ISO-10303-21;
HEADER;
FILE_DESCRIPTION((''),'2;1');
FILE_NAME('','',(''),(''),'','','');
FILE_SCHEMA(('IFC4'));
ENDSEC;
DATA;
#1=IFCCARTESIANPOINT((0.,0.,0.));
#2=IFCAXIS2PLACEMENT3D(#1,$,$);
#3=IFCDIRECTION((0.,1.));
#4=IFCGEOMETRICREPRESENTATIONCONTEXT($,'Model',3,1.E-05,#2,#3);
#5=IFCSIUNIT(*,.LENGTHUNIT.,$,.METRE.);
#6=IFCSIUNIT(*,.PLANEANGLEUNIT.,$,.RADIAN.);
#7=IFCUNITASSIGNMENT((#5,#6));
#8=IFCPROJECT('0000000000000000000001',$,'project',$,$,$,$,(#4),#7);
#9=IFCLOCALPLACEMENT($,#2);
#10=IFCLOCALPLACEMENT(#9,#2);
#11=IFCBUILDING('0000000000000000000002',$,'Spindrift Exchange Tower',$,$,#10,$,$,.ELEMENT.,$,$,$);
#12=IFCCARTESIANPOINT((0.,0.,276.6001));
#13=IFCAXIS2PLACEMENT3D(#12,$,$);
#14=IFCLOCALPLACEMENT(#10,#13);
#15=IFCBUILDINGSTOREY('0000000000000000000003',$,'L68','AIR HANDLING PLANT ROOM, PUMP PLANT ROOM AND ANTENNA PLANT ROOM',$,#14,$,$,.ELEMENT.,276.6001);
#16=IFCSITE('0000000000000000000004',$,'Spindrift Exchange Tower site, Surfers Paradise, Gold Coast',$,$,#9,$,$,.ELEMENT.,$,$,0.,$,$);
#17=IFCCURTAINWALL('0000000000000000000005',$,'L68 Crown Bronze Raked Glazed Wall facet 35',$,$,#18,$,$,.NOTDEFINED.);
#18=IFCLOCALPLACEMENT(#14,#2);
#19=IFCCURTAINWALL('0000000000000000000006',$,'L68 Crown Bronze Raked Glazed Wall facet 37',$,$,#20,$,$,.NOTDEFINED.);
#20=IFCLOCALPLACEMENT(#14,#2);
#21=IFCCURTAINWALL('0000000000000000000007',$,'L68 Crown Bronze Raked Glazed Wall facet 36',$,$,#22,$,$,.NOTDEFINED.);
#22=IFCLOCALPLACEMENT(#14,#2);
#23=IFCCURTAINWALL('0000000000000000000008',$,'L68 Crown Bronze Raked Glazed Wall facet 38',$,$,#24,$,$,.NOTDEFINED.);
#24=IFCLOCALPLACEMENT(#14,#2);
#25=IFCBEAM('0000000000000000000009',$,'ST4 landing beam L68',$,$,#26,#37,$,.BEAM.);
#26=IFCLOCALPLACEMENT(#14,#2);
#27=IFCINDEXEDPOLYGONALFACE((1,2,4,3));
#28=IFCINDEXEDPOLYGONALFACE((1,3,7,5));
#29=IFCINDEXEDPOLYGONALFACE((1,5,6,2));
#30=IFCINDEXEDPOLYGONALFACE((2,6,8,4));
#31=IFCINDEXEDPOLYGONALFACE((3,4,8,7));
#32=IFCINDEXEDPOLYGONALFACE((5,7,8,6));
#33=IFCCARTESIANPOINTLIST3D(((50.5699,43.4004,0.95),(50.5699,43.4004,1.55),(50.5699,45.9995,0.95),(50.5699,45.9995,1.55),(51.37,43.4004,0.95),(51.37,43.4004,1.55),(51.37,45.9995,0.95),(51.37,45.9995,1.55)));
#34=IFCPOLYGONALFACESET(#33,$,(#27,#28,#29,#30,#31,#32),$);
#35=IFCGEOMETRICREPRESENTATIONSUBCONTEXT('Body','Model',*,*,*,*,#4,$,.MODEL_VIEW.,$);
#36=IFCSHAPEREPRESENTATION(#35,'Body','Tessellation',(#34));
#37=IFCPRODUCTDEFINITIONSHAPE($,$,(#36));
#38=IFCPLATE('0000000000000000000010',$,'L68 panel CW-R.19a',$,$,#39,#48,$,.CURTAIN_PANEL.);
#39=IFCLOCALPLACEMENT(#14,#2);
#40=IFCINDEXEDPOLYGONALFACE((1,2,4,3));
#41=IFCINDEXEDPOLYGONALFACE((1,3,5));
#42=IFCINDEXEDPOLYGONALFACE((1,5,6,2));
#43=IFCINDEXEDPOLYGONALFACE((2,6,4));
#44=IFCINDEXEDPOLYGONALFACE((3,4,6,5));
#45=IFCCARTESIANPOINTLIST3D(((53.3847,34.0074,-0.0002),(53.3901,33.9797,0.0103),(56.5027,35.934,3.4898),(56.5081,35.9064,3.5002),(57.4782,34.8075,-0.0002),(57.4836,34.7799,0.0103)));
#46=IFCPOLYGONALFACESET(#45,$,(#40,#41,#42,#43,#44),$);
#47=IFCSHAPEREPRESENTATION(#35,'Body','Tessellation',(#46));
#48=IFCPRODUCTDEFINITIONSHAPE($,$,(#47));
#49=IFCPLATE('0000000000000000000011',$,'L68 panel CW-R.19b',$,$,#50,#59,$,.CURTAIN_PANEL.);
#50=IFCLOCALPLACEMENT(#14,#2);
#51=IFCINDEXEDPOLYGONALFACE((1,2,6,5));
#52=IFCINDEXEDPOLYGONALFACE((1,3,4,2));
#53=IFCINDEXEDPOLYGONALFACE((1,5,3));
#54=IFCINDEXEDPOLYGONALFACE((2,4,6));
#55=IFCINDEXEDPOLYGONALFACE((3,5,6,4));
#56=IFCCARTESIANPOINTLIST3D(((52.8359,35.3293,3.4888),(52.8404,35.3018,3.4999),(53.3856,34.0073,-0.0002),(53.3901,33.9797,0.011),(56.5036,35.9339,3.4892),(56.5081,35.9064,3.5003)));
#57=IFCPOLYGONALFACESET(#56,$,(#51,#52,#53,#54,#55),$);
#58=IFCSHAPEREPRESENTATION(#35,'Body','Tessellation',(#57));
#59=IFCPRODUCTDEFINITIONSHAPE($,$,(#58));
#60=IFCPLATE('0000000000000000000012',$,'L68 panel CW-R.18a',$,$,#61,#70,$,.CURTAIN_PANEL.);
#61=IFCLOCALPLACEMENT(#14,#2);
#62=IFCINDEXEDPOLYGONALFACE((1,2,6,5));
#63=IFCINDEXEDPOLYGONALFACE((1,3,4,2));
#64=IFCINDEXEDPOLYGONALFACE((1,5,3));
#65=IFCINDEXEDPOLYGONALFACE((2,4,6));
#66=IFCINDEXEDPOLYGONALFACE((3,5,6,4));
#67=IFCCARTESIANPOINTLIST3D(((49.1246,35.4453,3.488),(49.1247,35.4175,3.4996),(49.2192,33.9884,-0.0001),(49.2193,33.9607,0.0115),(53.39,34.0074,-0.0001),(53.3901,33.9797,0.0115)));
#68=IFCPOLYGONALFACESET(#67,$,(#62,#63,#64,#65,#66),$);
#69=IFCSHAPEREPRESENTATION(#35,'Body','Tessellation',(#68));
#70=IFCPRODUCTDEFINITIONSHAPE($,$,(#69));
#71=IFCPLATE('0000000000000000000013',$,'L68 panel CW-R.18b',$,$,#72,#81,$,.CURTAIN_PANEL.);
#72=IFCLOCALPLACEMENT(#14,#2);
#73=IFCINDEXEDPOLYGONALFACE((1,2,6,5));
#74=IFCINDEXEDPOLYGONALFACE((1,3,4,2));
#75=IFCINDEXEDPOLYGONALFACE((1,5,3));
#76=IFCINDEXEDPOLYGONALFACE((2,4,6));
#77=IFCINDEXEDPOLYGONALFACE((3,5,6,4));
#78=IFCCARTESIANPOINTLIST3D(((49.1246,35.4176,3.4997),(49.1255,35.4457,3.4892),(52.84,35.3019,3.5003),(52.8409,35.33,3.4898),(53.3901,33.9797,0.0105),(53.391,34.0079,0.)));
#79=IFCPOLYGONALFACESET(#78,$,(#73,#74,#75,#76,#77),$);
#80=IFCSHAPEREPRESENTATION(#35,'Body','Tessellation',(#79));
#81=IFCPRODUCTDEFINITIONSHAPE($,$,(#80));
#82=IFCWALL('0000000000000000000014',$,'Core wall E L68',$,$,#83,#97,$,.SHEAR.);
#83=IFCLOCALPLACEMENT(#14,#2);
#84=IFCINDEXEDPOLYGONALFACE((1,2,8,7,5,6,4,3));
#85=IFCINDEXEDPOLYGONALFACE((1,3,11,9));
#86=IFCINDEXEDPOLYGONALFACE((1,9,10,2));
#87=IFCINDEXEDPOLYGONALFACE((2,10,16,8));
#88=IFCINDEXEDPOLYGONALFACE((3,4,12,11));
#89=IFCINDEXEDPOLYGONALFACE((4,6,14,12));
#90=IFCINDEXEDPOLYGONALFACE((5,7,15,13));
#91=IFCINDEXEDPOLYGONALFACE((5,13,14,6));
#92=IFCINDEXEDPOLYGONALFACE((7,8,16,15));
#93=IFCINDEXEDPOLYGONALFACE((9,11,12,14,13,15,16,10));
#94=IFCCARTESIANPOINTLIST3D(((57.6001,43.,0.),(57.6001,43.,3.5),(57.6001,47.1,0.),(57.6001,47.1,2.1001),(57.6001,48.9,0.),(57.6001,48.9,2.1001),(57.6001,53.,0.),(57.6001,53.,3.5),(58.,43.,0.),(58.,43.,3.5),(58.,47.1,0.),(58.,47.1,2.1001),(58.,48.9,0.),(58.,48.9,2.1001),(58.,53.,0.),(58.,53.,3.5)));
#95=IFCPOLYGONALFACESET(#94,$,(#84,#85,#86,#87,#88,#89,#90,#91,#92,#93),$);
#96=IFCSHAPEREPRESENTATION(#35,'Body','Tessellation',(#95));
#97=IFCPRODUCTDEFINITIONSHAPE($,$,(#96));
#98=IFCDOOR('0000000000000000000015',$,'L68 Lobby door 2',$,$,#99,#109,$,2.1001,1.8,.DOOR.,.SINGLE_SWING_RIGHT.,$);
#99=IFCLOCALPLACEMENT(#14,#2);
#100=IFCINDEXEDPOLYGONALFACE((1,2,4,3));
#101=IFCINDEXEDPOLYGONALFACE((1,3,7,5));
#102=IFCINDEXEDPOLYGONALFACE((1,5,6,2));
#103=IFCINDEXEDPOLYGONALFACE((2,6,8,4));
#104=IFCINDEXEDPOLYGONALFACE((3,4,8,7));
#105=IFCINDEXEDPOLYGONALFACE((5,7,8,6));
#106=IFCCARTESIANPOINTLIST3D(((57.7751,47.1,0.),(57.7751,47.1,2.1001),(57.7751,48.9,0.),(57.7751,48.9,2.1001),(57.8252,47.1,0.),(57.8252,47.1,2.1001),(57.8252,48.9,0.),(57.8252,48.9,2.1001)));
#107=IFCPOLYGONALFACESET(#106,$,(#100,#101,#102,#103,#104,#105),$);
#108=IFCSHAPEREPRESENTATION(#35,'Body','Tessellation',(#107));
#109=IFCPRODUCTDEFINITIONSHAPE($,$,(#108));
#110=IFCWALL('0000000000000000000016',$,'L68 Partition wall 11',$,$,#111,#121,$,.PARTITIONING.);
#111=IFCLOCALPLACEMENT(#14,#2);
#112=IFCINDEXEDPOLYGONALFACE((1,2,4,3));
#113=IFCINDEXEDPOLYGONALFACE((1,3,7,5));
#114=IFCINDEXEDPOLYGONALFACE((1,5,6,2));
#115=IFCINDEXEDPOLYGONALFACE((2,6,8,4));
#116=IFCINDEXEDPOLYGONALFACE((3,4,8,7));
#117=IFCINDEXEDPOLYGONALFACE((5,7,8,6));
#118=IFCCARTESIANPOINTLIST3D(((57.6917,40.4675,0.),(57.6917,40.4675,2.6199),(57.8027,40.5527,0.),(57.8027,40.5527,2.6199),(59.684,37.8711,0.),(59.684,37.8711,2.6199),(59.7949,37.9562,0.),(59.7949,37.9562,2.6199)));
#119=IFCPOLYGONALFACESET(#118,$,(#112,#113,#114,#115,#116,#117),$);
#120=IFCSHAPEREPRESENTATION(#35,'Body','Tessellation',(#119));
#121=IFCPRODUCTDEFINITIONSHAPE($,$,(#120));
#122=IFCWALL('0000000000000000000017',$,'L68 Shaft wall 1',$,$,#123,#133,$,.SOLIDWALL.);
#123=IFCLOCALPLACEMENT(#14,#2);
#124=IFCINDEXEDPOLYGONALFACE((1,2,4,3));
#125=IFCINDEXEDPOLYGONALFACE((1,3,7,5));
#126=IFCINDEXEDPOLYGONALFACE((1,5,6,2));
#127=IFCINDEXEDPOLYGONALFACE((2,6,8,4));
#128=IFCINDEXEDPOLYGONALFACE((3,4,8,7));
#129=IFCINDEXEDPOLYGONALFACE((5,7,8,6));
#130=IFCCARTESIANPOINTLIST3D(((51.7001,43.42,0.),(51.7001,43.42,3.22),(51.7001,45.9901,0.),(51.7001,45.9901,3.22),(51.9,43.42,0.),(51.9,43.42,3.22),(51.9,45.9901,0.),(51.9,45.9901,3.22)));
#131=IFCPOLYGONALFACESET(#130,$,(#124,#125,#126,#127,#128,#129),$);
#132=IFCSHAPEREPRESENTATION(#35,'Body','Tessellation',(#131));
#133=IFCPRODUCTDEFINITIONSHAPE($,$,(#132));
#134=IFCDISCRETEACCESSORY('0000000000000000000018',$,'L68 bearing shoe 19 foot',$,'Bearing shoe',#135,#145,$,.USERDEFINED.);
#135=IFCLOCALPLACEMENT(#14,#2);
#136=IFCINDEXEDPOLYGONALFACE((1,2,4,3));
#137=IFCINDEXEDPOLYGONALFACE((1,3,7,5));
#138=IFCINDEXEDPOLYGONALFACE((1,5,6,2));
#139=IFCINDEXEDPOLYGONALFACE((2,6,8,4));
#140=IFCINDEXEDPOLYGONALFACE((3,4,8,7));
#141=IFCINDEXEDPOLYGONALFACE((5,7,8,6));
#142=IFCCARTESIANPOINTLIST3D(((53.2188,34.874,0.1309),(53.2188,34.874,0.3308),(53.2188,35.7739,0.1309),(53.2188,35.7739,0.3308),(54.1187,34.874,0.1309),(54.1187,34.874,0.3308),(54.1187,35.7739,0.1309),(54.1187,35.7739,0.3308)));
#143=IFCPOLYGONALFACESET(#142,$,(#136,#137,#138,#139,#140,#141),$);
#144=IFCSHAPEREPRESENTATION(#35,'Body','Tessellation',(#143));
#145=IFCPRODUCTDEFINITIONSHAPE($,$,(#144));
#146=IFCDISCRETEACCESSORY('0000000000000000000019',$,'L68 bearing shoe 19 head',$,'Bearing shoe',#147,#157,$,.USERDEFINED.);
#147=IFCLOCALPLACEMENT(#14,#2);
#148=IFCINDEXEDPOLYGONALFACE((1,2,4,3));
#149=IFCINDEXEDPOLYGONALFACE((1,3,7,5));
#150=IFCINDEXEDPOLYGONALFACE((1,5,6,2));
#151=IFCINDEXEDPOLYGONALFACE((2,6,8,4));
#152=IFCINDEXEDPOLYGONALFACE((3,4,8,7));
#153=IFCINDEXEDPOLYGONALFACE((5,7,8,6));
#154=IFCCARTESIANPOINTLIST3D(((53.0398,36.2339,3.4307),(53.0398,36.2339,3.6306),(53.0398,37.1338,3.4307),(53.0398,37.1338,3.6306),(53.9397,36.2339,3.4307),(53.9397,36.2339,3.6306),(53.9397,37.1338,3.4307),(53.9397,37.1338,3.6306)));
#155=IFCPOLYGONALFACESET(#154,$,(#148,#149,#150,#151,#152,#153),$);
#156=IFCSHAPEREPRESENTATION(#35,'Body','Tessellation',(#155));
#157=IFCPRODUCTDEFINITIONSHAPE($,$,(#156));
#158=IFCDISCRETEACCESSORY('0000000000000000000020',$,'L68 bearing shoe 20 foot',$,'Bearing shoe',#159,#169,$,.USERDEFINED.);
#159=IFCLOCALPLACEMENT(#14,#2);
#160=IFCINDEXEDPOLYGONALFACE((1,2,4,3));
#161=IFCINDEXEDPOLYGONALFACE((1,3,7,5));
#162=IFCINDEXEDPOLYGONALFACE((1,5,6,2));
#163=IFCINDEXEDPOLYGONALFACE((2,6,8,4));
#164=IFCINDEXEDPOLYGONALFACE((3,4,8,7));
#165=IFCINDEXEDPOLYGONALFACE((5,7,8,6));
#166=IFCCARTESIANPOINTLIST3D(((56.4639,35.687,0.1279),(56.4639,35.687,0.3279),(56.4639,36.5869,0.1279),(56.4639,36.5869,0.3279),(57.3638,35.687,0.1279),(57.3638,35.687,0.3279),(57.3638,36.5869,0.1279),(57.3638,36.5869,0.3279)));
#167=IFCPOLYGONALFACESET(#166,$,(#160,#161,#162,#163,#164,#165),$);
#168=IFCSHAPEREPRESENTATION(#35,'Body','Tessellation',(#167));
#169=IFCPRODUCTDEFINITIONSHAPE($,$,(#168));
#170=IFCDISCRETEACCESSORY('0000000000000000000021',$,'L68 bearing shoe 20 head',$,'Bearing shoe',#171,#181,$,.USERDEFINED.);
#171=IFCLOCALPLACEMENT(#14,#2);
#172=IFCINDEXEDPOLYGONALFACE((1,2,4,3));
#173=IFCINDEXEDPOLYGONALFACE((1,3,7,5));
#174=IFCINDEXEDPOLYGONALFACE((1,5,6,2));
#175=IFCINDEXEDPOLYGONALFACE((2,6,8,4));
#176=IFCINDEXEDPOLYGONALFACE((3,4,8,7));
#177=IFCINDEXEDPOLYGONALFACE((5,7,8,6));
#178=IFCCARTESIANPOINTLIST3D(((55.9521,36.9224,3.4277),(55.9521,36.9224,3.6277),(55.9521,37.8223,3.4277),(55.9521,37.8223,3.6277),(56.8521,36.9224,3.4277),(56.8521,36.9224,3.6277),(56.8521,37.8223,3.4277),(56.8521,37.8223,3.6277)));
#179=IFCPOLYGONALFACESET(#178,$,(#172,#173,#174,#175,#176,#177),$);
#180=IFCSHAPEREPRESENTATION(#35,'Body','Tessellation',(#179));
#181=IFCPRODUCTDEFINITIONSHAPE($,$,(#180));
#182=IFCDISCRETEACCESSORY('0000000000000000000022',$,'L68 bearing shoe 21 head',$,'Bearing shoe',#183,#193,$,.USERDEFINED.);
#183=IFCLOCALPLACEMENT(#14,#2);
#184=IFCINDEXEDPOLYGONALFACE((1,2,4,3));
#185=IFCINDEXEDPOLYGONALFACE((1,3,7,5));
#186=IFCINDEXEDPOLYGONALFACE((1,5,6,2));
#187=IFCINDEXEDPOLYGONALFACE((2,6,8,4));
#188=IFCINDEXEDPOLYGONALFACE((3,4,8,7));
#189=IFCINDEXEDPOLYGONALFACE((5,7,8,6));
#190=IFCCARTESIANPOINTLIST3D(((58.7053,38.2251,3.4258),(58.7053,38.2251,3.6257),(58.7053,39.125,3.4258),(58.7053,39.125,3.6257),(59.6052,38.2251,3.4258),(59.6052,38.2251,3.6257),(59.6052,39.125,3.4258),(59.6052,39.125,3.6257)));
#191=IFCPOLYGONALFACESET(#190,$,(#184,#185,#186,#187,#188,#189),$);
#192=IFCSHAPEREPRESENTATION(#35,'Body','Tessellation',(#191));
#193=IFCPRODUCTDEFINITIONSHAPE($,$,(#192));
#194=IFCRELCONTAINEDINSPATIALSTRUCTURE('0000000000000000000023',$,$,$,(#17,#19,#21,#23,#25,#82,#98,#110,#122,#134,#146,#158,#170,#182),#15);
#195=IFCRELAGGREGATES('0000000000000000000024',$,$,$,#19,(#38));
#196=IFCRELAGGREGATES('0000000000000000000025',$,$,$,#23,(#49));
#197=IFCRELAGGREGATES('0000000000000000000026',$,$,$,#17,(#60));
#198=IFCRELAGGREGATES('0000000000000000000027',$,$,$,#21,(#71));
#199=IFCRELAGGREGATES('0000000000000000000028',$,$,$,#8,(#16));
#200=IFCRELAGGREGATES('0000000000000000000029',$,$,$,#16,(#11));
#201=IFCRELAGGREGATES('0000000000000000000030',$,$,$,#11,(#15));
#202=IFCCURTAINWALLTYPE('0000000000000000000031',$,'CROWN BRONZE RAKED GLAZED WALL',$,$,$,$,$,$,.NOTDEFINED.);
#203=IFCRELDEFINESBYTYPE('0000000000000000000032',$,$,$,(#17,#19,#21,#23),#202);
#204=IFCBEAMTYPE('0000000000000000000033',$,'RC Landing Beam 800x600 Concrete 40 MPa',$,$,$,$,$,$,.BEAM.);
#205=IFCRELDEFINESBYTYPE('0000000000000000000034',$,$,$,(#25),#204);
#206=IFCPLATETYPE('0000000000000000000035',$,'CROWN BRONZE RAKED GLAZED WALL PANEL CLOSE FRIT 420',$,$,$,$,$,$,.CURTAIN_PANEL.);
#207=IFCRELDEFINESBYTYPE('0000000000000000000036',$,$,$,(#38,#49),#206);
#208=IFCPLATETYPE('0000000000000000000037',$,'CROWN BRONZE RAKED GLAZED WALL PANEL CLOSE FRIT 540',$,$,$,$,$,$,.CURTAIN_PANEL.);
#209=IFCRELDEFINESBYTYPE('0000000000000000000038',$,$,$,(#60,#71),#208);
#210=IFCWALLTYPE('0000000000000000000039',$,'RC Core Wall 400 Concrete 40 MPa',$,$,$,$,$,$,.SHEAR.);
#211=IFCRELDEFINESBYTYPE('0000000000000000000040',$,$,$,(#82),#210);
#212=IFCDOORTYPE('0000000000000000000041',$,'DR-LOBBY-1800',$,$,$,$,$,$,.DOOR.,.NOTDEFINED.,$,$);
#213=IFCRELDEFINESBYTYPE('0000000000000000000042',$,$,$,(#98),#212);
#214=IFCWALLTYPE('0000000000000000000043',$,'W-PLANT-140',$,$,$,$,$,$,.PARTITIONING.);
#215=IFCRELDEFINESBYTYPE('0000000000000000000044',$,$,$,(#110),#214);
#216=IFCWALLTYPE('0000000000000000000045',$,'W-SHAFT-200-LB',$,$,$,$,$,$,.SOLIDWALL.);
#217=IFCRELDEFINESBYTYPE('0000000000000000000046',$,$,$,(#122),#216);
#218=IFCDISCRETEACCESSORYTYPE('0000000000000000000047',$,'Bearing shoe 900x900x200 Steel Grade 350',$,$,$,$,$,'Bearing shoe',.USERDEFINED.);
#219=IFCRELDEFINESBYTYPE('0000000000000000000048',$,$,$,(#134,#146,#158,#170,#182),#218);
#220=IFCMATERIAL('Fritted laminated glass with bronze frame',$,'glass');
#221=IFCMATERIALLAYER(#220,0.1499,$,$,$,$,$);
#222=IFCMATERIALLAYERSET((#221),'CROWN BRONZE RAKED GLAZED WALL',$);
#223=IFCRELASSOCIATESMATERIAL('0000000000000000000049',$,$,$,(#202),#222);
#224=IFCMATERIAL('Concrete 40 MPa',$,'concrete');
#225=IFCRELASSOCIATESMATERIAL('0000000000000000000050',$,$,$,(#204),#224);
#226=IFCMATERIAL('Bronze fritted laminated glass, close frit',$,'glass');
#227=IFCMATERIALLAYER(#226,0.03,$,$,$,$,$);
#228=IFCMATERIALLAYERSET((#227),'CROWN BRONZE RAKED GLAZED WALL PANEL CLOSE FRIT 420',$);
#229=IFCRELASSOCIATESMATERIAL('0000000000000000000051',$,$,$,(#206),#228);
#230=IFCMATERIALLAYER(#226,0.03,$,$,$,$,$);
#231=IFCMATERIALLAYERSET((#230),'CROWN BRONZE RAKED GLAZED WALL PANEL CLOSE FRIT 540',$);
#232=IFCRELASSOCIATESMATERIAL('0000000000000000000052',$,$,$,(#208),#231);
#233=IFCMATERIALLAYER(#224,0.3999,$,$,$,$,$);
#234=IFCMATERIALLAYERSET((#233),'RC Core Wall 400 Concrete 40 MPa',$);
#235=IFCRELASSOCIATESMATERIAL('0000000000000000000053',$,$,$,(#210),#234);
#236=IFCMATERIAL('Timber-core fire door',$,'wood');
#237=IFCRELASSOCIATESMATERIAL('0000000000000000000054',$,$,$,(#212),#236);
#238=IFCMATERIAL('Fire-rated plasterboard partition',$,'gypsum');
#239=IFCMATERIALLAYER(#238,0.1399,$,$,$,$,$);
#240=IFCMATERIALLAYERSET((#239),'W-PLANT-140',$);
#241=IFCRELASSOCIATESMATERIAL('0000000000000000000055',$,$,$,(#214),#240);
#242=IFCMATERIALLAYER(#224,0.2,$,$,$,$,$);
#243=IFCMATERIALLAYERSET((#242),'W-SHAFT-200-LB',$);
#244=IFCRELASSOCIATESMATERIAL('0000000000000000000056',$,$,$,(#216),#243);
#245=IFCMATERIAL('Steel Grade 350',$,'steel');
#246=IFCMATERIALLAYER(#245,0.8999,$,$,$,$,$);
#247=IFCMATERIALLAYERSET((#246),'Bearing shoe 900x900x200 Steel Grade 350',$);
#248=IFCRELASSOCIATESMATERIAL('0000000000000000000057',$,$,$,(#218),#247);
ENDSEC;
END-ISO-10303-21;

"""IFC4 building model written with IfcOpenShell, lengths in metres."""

from ifc_helpers import new_model, si_unit, direction, frame, frame_2d, origin, origin_2d, place, context, subcontext, project, spatial, line, indexed_curve, rectangle, outline, extrude, source, transform, mapped, material, layer, layer_set, material_profile, profile_set, type_object, element, fill, aggregate, save


model = new_model("IFC4")

# Units and contexts
model_context = context("Model", 3, precision=1e-05, world=origin(), true_north=direction((0.0, 1.0)))
body_context = subcontext(model_context, "Body", "Model", "MODEL_VIEW")
ifc_project = project(units=[si_unit("LENGTHUNIT", "METRE"), si_unit("PLANEANGLEUNIT", "RADIAN")], contexts=[model_context])

# Site, building, storey
site_placement = place(None, origin())
site = spatial("IfcSite", under=ifc_project, at=site_placement, Name="Spindrift Exchange Tower site, Surfers Paradise, Gold Coast", CompositionType="ELEMENT", RefElevation=0.0)
building_placement = place(site_placement, origin())
building = spatial("IfcBuilding", under=site, at=building_placement, Name="Spindrift Exchange Tower", CompositionType="ELEMENT")
storey_placement = place(building_placement, frame((0.0, 0.0, 276.6001)))
storey = spatial("IfcBuildingStorey", under=building, at=storey_placement, Name="L68", Description="AIR HANDLING PLANT ROOM, PUMP PLANT ROOM AND ANTENNA PLANT ROOM", CompositionType="ELEMENT", Elevation=276.6001)

# Shared definitions
ifc_material_1 = material(Name="Concrete 40 MPa", Category="concrete")

# Curtain walls
ifc_material_2 = material(Name="Fritted laminated glass with bronze frame", Category="glass")
ifc_layer_1 = layer(ifc_material_2, 0.1499)
ifc_layer_set_1 = layer_set([ifc_layer_1], Name="CROWN BRONZE RAKED GLAZED WALL")
curtain_wall_type = type_object("IfcCurtainWallType", Name="CROWN BRONZE RAKED GLAZED WALL", PredefinedType="NOTDEFINED", material=ifc_layer_set_1)
curtain_wall_1_placement = place(storey_placement, origin())
curtain_wall_1 = element("IfcCurtainWall", 1, at=curtain_wall_1_placement, inside=storey, type_object=curtain_wall_type, Name="L68 Crown Bronze Raked Glazed Wall facet 35", PredefinedType="NOTDEFINED")
curtain_wall_2_placement = place(storey_placement, origin())
curtain_wall_2 = element("IfcCurtainWall", 2, at=curtain_wall_2_placement, inside=storey, type_object=curtain_wall_type, Name="L68 Crown Bronze Raked Glazed Wall facet 37", PredefinedType="NOTDEFINED")
curtain_wall_3_placement = place(storey_placement, origin())
curtain_wall_3 = element("IfcCurtainWall", 3, at=curtain_wall_3_placement, inside=storey, type_object=curtain_wall_type, Name="L68 Crown Bronze Raked Glazed Wall facet 36", PredefinedType="NOTDEFINED")
curtain_wall_4_placement = place(storey_placement, origin())
curtain_wall_4 = element("IfcCurtainWall", 4, at=curtain_wall_4_placement, inside=storey, type_object=curtain_wall_type, Name="L68 Crown Bronze Raked Glazed Wall facet 38", PredefinedType="NOTDEFINED")

# Beam
ifc_material_profile_1 = material_profile(ifc_material_1, rectangle(XDim=0.8, YDim=0.6001, at=origin_2d()), Name="RC 800x600")
ifc_profile_set_1 = profile_set([ifc_material_profile_1], Name="Concrete 40 MPa")
beam_type_1 = type_object("IfcBeamType", Name="RC Landing Beam 800x600 Concrete 40 MPa", PredefinedType="BEAM", material=ifc_profile_set_1)
shared_shape_1 = source(origin(), body_context, "Body", "SweptSolid", [
    extrude(rectangle(XDim=0.8, YDim=0.6001, at=origin_2d()), origin(), (0.0, 0.0, 1.0), 2.5991),
])
beam_1_placement = place(storey_placement, frame((50.97, 43.4004, 1.25), z_axis=(0.0, 1.0, 0.0), x_axis=(-1.0, 0.0, 0.0)))
element("IfcBeam", 5, at=beam_1_placement, inside=storey, type_object=beam_type_1, Name="ST4 landing beam L68", PredefinedType="BEAM", context=body_context, shape_type="MappedRepresentation", body=[
    mapped(shared_shape_1, transform((0.0, 0.0, 0.0), scale=1.0)),
])

# Plates
ifc_material_3 = material(Name="Bronze fritted laminated glass, close frit", Category="glass")
ifc_layer_2 = layer(ifc_material_3, 0.03)
ifc_layer_set_2 = layer_set([ifc_layer_2], Name="CROWN BRONZE RAKED GLAZED WALL PANEL CLOSE FRIT 420")
plate_type_1 = type_object("IfcPlateType", Name="CROWN BRONZE RAKED GLAZED WALL PANEL CLOSE FRIT 420", PredefinedType="CURTAIN_PANEL", material=ifc_layer_set_2)
plate_1_placement = place(storey_placement, frame((53.3901, 33.9797, 0.0103), z_axis=(0.179892, -0.920319, 0.34735), x_axis=(0.981427, 0.191836, 0.0)))
plate_1 = element("IfcPlate", 6, at=plate_1_placement, type_object=plate_type_1, Name="L68 panel CW-R.19a", PredefinedType="CURTAIN_PANEL", context=body_context, shape_type="SweptSolid", body=[
    extrude(outline(indexed_curve([(0.0, 0.0), (4.1709, 0.0), (3.4297, 3.7217)], segments=[line(1, 2, 3, 1)], self_intersect=False)), origin(), (0.0, 0.0, -1.0), 0.03),
])
aggregate(curtain_wall_2, [plate_1])
plate_2_placement = place(storey_placement, frame((53.3901, 33.9797, 0.011), z_axis=(0.151004, -0.916273, 0.371001), x_axis=(0.61613, 0.380727, 0.689515)))
plate_2 = element("IfcPlate", 7, at=plate_2_placement, type_object=plate_type_1, Name="L68 panel CW-R.19b", PredefinedType="CURTAIN_PANEL", context=body_context, shape_type="SweptSolid", body=[
    extrude(outline(indexed_curve([(0.0, 0.0), (5.0605, 0.0), (2.5703, 2.7598)], segments=[line(1, 2, 3, 1)], self_intersect=False)), origin(), (0.0, 0.0, -1.0), 0.03),
])
aggregate(curtain_wall_4, [plate_2])
ifc_layer_3 = layer(ifc_material_3, 0.03)
ifc_layer_set_3 = layer_set([ifc_layer_3], Name="CROWN BRONZE RAKED GLAZED WALL PANEL CLOSE FRIT 540")
plate_type_2 = type_object("IfcPlateType", Name="CROWN BRONZE RAKED GLAZED WALL PANEL CLOSE FRIT 540", PredefinedType="CURTAIN_PANEL", material=ifc_layer_set_3)
plate_3_placement = place(storey_placement, frame((53.3901, 33.9797, 0.0115), z_axis=(0.004213, -0.922701, 0.385494), x_axis=(-0.99999, -0.004566, 0.0)))
plate_3 = element("IfcPlate", 8, at=plate_3_placement, type_object=plate_type_2, Name="L68 panel CW-R.18a", PredefinedType="CURTAIN_PANEL", context=body_context, shape_type="SweptSolid", body=[
    extrude(outline(indexed_curve([(0.0, 0.0), (4.1709, 0.0), (4.2588, -3.7803)], segments=[line(1, 2, 3, 1)], self_intersect=False)), origin(), (0.0, 0.0, -1.0), 0.03),
])
aggregate(curtain_wall_1, [plate_3])
plate_4_placement = place(storey_placement, frame((53.3901, 33.9797, 0.0105), z_axis=(-0.029221, -0.936257, 0.350099), x_axis=(-0.748951, 0.252465, 0.612645)))
plate_4 = element("IfcPlate", 9, at=plate_4_placement, type_object=plate_type_2, Name="L68 panel CW-R.18b", PredefinedType="CURTAIN_PANEL", context=body_context, shape_type="SweptSolid", body=[
    extrude(outline(indexed_curve([(0.0, 0.0), (5.6953, 0.0), (2.8838, -2.4316)], segments=[line(1, 2, 3, 1)], self_intersect=False)), origin(), (0.0, 0.0, -1.0), 0.03),
])
aggregate(curtain_wall_3, [plate_4])

# Wall, opening, door
ifc_layer_4 = layer(ifc_material_1, 0.3999)
ifc_layer_set_4 = layer_set([ifc_layer_4], Name="RC Core Wall 400 Concrete 40 MPa")
wall_type_1 = type_object("IfcWallType", Name="RC Core Wall 400 Concrete 40 MPa", PredefinedType="SHEAR", material=ifc_layer_set_4)
wall_1_placement = place(storey_placement, frame((57.8, 43.0, 0.0), z_axis=(0.0, 0.0, 1.0), x_axis=(0.0, 1.0, 0.0)))
wall_1 = element("IfcWall", 10, at=wall_1_placement, inside=storey, type_object=wall_type_1, Name="Core wall E L68", PredefinedType="SHEAR", context=body_context, shape_type="SweptSolid", body=[
    extrude(rectangle(XDim=10.0, YDim=0.3999, at=frame_2d((5.0, 0.0))), origin(), (0.0, 0.0, 1.0), 3.5),
])
opening_placement = place(wall_1_placement, frame((4.1001, 0.0, 0.0)))
opening = element("IfcOpeningElement", 11, at=opening_placement, cuts=wall_1, PredefinedType="OPENING", context=body_context, shape_type="SweptSolid", body=[
    extrude(rectangle(XDim=1.8, YDim=2.1001, at=frame_2d((0.8999, 1.05))), frame((0.0, 0.21, 0.0), z_axis=(0.0, -1.0, 0.0), x_axis=(1.0, 0.0, 0.0)), (0.0, 0.0, 1.0), 0.4199),
])
ifc_material_4 = material(Name="Timber-core fire door", Category="wood")
door_type = type_object("IfcDoorType", Name="DR-LOBBY-1800", OperationType="NOTDEFINED", PredefinedType="DOOR", material=ifc_material_4)
shared_shape_2 = source(origin(), body_context, "Body", "SweptSolid", [
    extrude(rectangle(XDim=1.8, YDim=2.1001, at=frame_2d((0.8999, 1.05))), frame((0.0, 0.0249, 0.0), z_axis=(0.0, -1.0, 0.0), x_axis=(1.0, 0.0, 0.0)), (0.0, 0.0, 1.0), 0.05),
])
door_placement = place(opening_placement, origin())
door = element("IfcDoor", 12, at=door_placement, inside=storey, type_object=door_type, Name="L68 Lobby door 2", OperationType="SINGLE_SWING_RIGHT", OverallHeight=2.1001, OverallWidth=1.8, PredefinedType="DOOR", context=body_context, shape_type="MappedRepresentation", body=[
    mapped(shared_shape_2, transform((0.0, 0.0, 0.0), scale=1.0)),
])
fill(opening, door)

# Walls
ifc_material_5 = material(Name="Fire-rated plasterboard partition", Category="gypsum")
ifc_layer_5 = layer(ifc_material_5, 0.1399)
ifc_layer_set_5 = layer_set([ifc_layer_5], Name="W-PLANT-140")
wall_type_2 = type_object("IfcWallType", Name="W-PLANT-140", PredefinedType="PARTITIONING", material=ifc_layer_set_5)
wall_2_placement = place(storey_placement, frame((57.7473, 40.51, 0.0), z_axis=(0.0, 0.0, 1.0), x_axis=(0.608737, -0.793372, 0.0)))
element("IfcWall", 13, at=wall_2_placement, inside=storey, type_object=wall_type_2, Name="L68 Partition wall 11", PredefinedType="PARTITIONING", context=body_context, shape_type="SweptSolid", body=[
    extrude(rectangle(XDim=3.2727, YDim=0.1399, at=frame_2d((1.6362, 0.0))), origin(), (0.0, 0.0, 1.0), 2.6199),
])
ifc_layer_6 = layer(ifc_material_1, 0.2)
ifc_layer_set_6 = layer_set([ifc_layer_6], Name="W-SHAFT-200-LB")
wall_type_3 = type_object("IfcWallType", Name="W-SHAFT-200-LB", PredefinedType="SOLIDWALL", material=ifc_layer_set_6)
wall_3_placement = place(storey_placement, frame((51.8, 43.4199, 0.0), z_axis=(0.0, 0.0, 1.0), x_axis=(0.0, 1.0, 0.0)))
element("IfcWall", 14, at=wall_3_placement, inside=storey, type_object=wall_type_3, Name="L68 Shaft wall 1", PredefinedType="SOLIDWALL", context=body_context, shape_type="SweptSolid", body=[
    extrude(rectangle(XDim=2.5701, YDim=0.2, at=frame_2d((1.2852, 0.0))), origin(), (0.0, 0.0, 1.0), 3.22),
])

# Discrete accessories
ifc_material_6 = material(Name="Steel Grade 350", Category="steel")
ifc_layer_7 = layer(ifc_material_6, 0.8999)
ifc_layer_set_7 = layer_set([ifc_layer_7], Name="Bearing shoe 900x900x200 Steel Grade 350")
discrete_accessory_type = type_object("IfcDiscreteAccessoryType", Name="Bearing shoe 900x900x200 Steel Grade 350", ElementType="Bearing shoe", PredefinedType="USERDEFINED", material=ifc_layer_set_7)
shared_shape_3 = source(origin(), body_context, "Body", "SweptSolid", [
    extrude(rectangle(XDim=0.8999, YDim=0.8999, at=origin_2d()), origin(), (0.0, 0.0, 1.0), 0.2),
])
for number, where, z_axis, x_axis, name in (
    (15, (53.6687, 35.324, 0.1309), (0.0, 0.0, 1.0), (1.0, 0.0, 0.0), "L68 bearing shoe 19 foot"),
    (16, (53.4897, 36.6838, 3.4307), (0.0, 0.0, 1.0), (1.0, 0.0, 0.0), "L68 bearing shoe 19 head"),
    (17, (56.9138, 36.137, 0.1279), (0.0, 0.0, 1.0), (1.0, 0.0, 0.0), "L68 bearing shoe 20 foot"),
    (18, (56.4021, 37.3723, 3.4277), (0.0, 0.0, 1.0), (1.0, 0.0, 0.0), "L68 bearing shoe 20 head"),
    (19, (59.1553, 38.675, 3.4258), (0.0, 0.0, 1.0), (1.0, 0.0, 0.0), "L68 bearing shoe 21 head"),
):
    element("IfcDiscreteAccessory", number, at=place(storey_placement, frame(where, z_axis=z_axis, x_axis=x_axis)), inside=storey, type_object=discrete_accessory_type, Name=name, ObjectType="Bearing shoe", PredefinedType="USERDEFINED", context=body_context, shape_type="MappedRepresentation", body=[
        mapped(shared_shape_3, transform((0.0, 0.0, 0.0), scale=1.0)),
    ])

save(model, "model.ifc")
